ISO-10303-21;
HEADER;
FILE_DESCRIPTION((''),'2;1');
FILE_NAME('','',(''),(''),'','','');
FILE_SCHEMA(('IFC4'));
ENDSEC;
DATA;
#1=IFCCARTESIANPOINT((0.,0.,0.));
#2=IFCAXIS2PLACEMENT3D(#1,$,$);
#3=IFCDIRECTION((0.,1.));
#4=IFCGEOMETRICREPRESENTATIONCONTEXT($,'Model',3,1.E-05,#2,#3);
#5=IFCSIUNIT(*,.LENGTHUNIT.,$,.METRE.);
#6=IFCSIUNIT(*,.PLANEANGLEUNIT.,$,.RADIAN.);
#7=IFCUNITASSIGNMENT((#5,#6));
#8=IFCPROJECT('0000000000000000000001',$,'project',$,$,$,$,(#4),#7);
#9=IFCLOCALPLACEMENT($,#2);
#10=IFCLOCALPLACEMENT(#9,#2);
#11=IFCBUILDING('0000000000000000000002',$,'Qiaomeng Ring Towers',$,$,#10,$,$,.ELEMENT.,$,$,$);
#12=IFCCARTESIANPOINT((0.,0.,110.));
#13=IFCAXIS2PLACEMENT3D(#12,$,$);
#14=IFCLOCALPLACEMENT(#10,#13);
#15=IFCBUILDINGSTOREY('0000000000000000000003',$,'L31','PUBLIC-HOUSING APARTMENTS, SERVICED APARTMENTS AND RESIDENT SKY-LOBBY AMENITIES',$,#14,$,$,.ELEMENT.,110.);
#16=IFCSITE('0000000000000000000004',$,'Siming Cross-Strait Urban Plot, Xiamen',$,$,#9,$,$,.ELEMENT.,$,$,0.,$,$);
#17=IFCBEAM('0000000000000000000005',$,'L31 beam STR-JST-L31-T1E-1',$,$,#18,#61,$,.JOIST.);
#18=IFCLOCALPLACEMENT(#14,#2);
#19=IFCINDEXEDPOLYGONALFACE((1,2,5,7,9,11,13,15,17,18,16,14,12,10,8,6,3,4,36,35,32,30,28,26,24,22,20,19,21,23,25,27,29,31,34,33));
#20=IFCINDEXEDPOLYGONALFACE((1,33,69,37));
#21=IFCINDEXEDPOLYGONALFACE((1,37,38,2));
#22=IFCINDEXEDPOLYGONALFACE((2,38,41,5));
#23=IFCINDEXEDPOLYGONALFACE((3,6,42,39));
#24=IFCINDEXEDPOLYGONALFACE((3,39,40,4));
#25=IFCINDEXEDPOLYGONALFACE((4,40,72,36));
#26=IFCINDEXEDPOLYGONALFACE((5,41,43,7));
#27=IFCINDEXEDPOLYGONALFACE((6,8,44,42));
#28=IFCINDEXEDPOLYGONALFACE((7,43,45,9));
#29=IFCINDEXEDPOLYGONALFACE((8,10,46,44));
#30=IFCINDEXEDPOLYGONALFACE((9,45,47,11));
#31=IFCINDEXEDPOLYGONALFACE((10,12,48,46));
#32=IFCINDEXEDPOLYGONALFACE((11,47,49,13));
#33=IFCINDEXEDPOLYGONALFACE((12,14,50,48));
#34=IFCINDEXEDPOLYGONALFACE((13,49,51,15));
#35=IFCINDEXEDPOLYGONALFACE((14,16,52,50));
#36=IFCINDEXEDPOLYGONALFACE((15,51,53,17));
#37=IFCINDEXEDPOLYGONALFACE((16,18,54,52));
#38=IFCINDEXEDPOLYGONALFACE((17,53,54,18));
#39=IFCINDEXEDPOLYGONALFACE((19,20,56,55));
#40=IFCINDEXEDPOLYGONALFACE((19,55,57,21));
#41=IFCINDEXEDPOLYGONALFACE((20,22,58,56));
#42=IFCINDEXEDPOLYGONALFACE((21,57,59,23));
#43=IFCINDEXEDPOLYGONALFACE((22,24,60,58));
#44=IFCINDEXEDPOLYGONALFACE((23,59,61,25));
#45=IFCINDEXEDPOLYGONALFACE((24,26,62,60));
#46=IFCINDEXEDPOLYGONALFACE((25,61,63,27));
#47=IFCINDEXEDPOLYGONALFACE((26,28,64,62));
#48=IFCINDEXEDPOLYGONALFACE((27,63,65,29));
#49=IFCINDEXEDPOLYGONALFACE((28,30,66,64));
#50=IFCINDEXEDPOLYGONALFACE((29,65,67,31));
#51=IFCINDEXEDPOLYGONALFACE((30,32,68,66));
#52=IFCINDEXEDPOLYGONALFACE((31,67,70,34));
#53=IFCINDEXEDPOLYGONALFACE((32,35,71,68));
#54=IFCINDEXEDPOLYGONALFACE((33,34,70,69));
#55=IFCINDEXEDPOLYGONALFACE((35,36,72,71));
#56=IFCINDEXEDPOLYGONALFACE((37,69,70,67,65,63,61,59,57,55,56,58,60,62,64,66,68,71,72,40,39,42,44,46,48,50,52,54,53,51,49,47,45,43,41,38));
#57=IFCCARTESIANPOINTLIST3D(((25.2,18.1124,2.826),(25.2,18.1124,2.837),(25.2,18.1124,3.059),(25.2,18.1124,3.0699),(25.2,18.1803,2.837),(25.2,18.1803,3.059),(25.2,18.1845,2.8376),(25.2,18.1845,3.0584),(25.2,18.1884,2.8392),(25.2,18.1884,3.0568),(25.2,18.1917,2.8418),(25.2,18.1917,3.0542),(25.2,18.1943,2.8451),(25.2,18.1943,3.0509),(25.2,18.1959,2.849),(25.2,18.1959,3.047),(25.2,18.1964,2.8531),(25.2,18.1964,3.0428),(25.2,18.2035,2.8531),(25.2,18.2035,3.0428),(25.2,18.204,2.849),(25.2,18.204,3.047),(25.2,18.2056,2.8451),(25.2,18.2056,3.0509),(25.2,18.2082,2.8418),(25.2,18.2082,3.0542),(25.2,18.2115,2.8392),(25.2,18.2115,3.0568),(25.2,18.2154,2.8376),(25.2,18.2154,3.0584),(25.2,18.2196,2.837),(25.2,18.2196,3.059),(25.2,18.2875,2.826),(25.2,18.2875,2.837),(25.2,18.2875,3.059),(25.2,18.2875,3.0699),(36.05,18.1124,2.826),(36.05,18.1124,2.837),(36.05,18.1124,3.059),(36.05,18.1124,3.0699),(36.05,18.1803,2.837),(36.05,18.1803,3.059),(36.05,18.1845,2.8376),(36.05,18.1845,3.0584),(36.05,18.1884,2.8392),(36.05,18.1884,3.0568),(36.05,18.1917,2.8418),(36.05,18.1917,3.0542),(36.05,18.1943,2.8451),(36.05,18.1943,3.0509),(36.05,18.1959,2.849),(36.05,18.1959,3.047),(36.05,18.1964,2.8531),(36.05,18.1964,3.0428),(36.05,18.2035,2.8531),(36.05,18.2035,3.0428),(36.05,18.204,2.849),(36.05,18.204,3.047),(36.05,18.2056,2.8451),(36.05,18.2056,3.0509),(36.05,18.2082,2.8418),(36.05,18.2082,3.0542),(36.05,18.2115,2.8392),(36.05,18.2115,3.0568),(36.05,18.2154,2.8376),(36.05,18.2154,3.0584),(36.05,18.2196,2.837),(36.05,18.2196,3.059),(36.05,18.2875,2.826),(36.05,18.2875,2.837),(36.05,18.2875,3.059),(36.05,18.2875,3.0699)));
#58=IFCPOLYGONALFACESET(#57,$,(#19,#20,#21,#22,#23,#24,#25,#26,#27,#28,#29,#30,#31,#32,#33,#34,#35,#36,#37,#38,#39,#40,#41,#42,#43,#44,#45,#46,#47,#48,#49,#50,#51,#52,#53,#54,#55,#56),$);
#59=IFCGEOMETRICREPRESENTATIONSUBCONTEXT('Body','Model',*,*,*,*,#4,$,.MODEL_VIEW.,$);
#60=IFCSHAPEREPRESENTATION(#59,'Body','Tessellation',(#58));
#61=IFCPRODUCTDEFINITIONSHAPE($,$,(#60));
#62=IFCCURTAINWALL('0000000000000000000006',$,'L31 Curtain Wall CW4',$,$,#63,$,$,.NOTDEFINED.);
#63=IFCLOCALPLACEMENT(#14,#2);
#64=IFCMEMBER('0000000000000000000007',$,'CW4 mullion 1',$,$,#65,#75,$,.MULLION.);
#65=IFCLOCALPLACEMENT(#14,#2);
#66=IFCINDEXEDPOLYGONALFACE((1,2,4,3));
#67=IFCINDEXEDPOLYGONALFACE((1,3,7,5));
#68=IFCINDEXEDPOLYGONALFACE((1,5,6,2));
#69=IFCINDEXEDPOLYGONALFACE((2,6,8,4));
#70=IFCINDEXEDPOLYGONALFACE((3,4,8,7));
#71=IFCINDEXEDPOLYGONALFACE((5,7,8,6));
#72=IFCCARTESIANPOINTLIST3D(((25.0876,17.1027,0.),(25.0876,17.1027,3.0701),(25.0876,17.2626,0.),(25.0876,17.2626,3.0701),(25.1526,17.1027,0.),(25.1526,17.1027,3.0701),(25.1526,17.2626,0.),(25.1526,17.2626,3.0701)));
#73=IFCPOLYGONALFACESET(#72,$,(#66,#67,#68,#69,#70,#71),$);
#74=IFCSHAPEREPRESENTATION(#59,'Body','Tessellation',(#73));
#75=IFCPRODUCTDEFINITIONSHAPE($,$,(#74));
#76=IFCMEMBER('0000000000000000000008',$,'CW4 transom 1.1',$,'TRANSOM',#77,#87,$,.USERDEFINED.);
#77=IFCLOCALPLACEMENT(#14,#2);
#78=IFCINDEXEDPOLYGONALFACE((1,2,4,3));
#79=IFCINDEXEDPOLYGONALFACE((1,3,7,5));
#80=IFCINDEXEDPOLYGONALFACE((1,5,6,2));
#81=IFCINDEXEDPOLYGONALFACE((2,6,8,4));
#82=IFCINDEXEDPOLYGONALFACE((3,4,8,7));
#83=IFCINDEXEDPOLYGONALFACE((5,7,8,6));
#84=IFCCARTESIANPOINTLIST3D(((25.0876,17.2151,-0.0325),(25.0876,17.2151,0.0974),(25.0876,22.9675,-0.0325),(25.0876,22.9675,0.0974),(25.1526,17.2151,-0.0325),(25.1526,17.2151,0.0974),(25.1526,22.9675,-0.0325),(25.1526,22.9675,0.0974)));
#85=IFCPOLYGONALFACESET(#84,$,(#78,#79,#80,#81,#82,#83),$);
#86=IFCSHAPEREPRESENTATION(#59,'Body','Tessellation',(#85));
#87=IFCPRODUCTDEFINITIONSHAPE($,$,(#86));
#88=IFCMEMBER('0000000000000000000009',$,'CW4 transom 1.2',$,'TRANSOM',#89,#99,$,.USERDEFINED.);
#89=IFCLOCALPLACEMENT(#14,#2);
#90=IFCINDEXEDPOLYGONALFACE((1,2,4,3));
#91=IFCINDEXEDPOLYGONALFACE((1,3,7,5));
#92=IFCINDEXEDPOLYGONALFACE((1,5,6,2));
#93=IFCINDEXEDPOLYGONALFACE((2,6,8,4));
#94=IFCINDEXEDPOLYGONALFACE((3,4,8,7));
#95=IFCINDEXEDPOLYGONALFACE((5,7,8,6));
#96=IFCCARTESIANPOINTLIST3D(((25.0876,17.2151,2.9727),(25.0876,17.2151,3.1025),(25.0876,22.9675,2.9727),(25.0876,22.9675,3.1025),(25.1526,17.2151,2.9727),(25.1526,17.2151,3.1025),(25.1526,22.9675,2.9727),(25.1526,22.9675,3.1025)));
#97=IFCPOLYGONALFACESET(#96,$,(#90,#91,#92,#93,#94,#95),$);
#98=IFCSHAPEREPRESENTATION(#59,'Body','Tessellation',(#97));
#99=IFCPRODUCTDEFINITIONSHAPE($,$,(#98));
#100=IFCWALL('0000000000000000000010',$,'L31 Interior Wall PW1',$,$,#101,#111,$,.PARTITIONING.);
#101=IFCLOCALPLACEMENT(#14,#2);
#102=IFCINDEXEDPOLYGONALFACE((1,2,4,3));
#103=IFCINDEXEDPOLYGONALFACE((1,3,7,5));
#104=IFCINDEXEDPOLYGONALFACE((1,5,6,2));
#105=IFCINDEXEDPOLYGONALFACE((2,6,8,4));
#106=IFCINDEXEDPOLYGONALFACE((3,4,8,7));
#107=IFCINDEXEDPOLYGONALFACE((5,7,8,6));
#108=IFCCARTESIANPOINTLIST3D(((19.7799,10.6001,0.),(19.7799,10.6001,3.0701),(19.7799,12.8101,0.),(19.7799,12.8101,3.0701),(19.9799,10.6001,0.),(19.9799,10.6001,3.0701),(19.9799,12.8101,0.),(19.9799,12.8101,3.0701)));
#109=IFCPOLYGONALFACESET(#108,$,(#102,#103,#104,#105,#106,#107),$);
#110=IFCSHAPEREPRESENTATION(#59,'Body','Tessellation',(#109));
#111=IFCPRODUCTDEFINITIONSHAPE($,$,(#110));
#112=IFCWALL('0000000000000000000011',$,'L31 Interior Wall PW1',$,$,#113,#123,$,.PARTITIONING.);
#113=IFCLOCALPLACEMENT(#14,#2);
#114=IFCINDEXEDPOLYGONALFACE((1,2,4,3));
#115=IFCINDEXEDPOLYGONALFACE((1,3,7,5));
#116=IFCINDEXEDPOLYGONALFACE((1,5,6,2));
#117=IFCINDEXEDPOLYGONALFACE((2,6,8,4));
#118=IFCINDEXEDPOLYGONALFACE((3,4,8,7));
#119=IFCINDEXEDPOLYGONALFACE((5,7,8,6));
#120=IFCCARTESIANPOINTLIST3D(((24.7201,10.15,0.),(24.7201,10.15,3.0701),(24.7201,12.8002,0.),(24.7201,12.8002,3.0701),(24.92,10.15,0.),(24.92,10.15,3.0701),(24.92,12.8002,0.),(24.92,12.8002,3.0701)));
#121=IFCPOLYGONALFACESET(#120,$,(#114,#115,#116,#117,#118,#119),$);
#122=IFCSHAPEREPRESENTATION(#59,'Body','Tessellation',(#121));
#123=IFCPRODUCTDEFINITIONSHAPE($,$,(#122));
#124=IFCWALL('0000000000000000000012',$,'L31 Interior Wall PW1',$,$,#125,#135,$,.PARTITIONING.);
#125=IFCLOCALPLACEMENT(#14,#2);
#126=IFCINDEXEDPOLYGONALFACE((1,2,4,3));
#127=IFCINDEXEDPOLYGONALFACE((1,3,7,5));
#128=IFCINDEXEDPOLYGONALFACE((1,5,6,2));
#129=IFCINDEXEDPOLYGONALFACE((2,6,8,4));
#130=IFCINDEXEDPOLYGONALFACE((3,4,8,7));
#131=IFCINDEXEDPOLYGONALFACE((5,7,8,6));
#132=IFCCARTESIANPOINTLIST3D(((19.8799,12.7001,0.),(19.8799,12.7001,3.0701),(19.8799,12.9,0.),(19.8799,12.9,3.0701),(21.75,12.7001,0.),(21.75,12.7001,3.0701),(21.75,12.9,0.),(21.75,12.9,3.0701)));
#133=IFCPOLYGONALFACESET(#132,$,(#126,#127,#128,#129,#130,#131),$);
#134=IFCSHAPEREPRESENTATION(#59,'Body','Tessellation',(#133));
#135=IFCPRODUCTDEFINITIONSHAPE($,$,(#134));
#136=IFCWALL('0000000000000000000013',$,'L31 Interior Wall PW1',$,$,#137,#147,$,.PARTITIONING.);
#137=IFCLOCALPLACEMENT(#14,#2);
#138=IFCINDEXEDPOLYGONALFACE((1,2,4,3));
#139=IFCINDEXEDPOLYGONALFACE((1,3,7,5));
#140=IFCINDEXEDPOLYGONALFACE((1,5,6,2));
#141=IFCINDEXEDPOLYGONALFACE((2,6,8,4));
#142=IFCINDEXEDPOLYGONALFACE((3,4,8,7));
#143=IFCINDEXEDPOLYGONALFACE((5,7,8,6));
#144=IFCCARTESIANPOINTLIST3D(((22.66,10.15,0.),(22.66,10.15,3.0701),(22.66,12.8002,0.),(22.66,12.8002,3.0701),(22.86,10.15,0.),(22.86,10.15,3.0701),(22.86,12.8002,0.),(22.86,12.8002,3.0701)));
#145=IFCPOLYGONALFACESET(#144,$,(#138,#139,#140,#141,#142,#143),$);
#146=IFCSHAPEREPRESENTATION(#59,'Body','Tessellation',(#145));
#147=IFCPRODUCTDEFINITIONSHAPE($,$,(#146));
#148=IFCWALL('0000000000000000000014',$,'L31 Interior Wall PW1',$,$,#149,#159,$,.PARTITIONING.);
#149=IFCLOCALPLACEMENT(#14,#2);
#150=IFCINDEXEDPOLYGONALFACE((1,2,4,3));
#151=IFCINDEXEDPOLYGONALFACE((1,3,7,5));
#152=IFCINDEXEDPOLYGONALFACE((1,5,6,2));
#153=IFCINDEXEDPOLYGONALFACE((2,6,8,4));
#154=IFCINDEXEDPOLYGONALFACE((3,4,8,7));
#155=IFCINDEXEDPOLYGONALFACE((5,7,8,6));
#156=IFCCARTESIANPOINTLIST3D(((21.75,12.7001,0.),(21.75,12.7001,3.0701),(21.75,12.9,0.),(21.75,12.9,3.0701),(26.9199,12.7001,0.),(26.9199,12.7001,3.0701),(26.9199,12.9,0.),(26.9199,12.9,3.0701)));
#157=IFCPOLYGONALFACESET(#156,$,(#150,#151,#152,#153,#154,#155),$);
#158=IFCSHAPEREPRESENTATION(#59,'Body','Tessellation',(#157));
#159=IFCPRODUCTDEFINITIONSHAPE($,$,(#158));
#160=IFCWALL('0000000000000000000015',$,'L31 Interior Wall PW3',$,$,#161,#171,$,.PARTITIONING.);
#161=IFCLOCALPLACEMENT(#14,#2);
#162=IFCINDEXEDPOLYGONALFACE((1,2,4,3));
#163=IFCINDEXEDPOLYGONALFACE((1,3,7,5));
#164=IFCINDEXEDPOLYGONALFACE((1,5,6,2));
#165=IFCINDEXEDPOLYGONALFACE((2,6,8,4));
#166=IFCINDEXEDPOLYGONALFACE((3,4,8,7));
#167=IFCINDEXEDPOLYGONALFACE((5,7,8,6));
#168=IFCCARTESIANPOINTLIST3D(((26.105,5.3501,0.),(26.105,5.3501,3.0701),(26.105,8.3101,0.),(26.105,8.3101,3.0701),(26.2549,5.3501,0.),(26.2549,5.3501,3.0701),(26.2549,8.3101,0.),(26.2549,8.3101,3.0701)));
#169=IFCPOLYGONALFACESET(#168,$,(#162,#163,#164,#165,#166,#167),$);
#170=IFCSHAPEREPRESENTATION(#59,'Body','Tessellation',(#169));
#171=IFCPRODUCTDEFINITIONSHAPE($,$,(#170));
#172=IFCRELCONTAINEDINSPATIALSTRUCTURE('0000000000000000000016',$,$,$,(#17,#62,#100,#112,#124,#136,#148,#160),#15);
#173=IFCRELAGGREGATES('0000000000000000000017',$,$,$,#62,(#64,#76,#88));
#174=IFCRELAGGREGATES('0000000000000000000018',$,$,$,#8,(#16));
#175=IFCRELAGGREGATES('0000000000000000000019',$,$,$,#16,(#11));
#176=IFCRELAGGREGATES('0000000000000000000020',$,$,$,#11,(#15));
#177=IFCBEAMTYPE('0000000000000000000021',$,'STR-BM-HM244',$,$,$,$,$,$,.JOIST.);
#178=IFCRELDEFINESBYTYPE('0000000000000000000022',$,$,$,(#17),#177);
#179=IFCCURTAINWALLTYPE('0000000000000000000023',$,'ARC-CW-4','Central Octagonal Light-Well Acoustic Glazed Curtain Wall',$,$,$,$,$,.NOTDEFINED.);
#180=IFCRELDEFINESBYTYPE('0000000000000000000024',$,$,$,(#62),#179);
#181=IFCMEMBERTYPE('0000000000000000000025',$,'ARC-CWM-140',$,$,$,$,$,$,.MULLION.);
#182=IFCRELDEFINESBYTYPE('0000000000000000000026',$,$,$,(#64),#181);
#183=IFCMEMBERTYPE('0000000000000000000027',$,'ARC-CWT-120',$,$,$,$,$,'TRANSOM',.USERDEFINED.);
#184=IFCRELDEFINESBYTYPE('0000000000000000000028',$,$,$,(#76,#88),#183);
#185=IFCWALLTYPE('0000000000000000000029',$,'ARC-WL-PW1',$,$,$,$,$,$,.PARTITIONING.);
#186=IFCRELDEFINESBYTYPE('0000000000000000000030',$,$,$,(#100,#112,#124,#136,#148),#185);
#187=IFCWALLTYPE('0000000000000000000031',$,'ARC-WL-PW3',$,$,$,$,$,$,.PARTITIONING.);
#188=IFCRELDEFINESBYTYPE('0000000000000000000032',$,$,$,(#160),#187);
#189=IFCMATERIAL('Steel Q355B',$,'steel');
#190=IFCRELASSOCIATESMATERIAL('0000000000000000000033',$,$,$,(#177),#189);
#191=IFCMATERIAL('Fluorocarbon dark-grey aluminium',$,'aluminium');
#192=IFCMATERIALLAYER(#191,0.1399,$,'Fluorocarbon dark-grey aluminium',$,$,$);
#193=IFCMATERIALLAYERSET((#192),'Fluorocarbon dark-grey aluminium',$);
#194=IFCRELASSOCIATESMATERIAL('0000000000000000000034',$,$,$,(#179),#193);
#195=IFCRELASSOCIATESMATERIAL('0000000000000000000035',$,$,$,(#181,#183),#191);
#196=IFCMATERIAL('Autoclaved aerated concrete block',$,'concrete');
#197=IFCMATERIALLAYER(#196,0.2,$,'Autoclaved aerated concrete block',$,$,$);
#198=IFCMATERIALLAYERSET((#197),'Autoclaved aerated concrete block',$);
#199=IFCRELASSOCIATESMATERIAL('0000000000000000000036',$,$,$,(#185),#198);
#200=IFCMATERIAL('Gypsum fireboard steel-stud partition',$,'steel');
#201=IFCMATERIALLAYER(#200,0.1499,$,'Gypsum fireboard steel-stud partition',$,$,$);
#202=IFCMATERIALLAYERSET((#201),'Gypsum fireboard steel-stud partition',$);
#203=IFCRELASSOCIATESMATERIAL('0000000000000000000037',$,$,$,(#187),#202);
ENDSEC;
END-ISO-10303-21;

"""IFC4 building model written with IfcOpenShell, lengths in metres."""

from ifc_helpers import new_model, si_unit, direction, frame, frame_2d, origin, origin_2d, place, context, subcontext, project, spatial, rectangle, i_section, extrude, source, transform, mapped, material, layer, layer_set, material_profile, profile_set, type_object, element, aggregate, save


model = new_model("IFC4")

# Units and contexts
model_context = context("Model", 3, precision=1e-05, world=origin(), true_north=direction((0.0, 1.0)))
body_context = subcontext(model_context, "Body", "Model", "MODEL_VIEW")
ifc_project = project(units=[si_unit("LENGTHUNIT", "METRE"), si_unit("PLANEANGLEUNIT", "RADIAN")], contexts=[model_context])

# Site, building, storey
site_placement = place(None, origin())
site = spatial("IfcSite", under=ifc_project, at=site_placement, Name="Siming Cross-Strait Urban Plot, Xiamen", CompositionType="ELEMENT", RefElevation=0.0)
building_placement = place(site_placement, origin())
building = spatial("IfcBuilding", under=site, at=building_placement, Name="Qiaomeng Ring Towers", CompositionType="ELEMENT")
storey_placement = place(building_placement, frame((0.0, 0.0, 110.0)))
storey = spatial("IfcBuildingStorey", under=building, at=storey_placement, Name="L31", Description="PUBLIC-HOUSING APARTMENTS, SERVICED APARTMENTS AND RESIDENT SKY-LOBBY AMENITIES", CompositionType="ELEMENT", Elevation=110.0)

# Beam
ifc_material_1 = material(Name="Steel Q355B", Category="steel")
ifc_material_profile_1 = material_profile(ifc_material_1, i_section(OverallWidth=0.175, OverallDepth=0.2439, WebThickness=0.0071, FlangeThickness=0.011, FilletRadius=0.0161, at=origin_2d()), Name="HM 244x175x7x11")
ifc_profile_set_1 = profile_set([ifc_material_profile_1], Name="Steel Q355B")
beam_type_1 = type_object("IfcBeamType", Name="STR-BM-HM244", PredefinedType="JOIST", material=ifc_profile_set_1)
shared_shape_1 = source(origin(), body_context, "Body", "SweptSolid", [
    extrude(i_section(OverallWidth=0.175, OverallDepth=0.2439, WebThickness=0.0071, FlangeThickness=0.011, FilletRadius=0.0161, at=origin_2d()), origin(), (0.0, 0.0, 1.0), 10.8501),
])
beam_1_placement = place(storey_placement, frame((25.2, 18.2, 2.948), z_axis=(1.0, 0.0, 0.0), x_axis=(0.0, 1.0, 0.0)))
element("IfcBeam", 1, at=beam_1_placement, inside=storey, type_object=beam_type_1, Name="L31 beam STR-JST-L31-T1E-1", PredefinedType="JOIST", context=body_context, shape_type="MappedRepresentation", body=[
    mapped(shared_shape_1, transform((0.0, 0.0, 0.0), x_axis=(1.0, 0.0, 0.0), y_axis=(0.0, 1.0, 0.0), z_axis=(0.0, 0.0, 1.0), scale=1.0)),
])

# Curtain wall, members
ifc_material_2 = material(Name="Fluorocarbon dark-grey aluminium", Category="aluminium")
ifc_layer_1 = layer(ifc_material_2, 0.1399, Name="Fluorocarbon dark-grey aluminium")
ifc_layer_set_1 = layer_set([ifc_layer_1], Name="Fluorocarbon dark-grey aluminium")
curtain_wall_type = type_object("IfcCurtainWallType", Name="ARC-CW-4", Description="Central Octagonal Light-Well Acoustic Glazed Curtain Wall", PredefinedType="NOTDEFINED", material=ifc_layer_set_1)
curtain_wall_placement = place(storey_placement, origin())
curtain_wall = element("IfcCurtainWall", 2, at=curtain_wall_placement, inside=storey, type_object=curtain_wall_type, Name="L31 Curtain Wall CW4", PredefinedType="NOTDEFINED")
ifc_material_profile_2 = material_profile(ifc_material_2, rectangle(XDim=0.0649, YDim=0.1599, at=origin_2d()), Name="ALU MULL 65x160")
ifc_profile_set_2 = profile_set([ifc_material_profile_2], Name="Fluorocarbon dark-grey aluminium")
member_type_1 = type_object("IfcMemberType", Name="ARC-CWM-140", PredefinedType="MULLION", material=ifc_profile_set_2)
shared_shape_2 = source(origin(), body_context, "Body", "SweptSolid", [
    extrude(rectangle(XDim=0.0649, YDim=0.1599, at=origin_2d()), origin(), (0.0, 0.0, 1.0), 3.0701),
])
member_1_placement = place(storey_placement, frame((25.1201, 17.1826, 0.0), z_axis=(0.0, 0.0, 1.0), x_axis=(-1.0, 0.0, 0.0)))
member_1 = element("IfcMember", 3, at=member_1_placement, type_object=member_type_1, Name="CW4 mullion 1", PredefinedType="MULLION", context=body_context, shape_type="MappedRepresentation", body=[
    mapped(shared_shape_2, transform((0.0, 0.0, 0.0), x_axis=(1.0, 0.0, 0.0), y_axis=(0.0, 1.0, 0.0), z_axis=(0.0, 0.0, 1.0), scale=1.0)),
])
ifc_material_profile_3 = material_profile(ifc_material_2, rectangle(XDim=0.0649, YDim=0.1299, at=origin_2d()), Name="ALU TRAN 65x130")
ifc_profile_set_3 = profile_set([ifc_material_profile_3], Name="Fluorocarbon dark-grey aluminium")
member_type_2 = type_object("IfcMemberType", Name="ARC-CWT-120", ElementType="TRANSOM", PredefinedType="USERDEFINED", material=ifc_profile_set_3)
shared_shape_3 = source(origin(), body_context, "Body", "SweptSolid", [
    extrude(rectangle(XDim=0.0649, YDim=0.1299, at=origin_2d()), origin(), (0.0, 0.0, 1.0), 5.7524),
])
member_2_placement = place(storey_placement, frame((25.1201, 17.2151, 0.0325), z_axis=(0.0, 1.0, 0.0), x_axis=(-1.0, 0.0, 0.0)))
member_2 = element("IfcMember", 4, at=member_2_placement, type_object=member_type_2, Name="CW4 transom 1.1", ObjectType="TRANSOM", PredefinedType="USERDEFINED", context=body_context, shape_type="MappedRepresentation", body=[
    mapped(shared_shape_3, transform((0.0, 0.0, 0.0), x_axis=(1.0, 0.0, 0.0), y_axis=(0.0, 1.0, 0.0), z_axis=(0.0, 0.0, 1.0), scale=1.0)),
])
member_3_placement = place(storey_placement, frame((25.1201, 17.2151, 3.0376), z_axis=(0.0, 1.0, 0.0), x_axis=(-1.0, 0.0, 0.0)))
member_3 = element("IfcMember", 5, at=member_3_placement, type_object=member_type_2, Name="CW4 transom 1.2", ObjectType="TRANSOM", PredefinedType="USERDEFINED", context=body_context, shape_type="MappedRepresentation", body=[
    mapped(shared_shape_3, transform((0.0, 0.0, 0.0), x_axis=(1.0, 0.0, 0.0), y_axis=(0.0, 1.0, 0.0), z_axis=(0.0, 0.0, 1.0), scale=1.0)),
])
aggregate(curtain_wall, [member_1, member_2, member_3])

# Walls
ifc_material_3 = material(Name="Autoclaved aerated concrete block", Category="concrete")
ifc_layer_2 = layer(ifc_material_3, 0.2, Name="Autoclaved aerated concrete block")
ifc_layer_set_2 = layer_set([ifc_layer_2], Name="Autoclaved aerated concrete block")
wall_type_1 = type_object("IfcWallType", Name="ARC-WL-PW1", PredefinedType="PARTITIONING", material=ifc_layer_set_2)
wall_1_placement = place(storey_placement, frame((19.8799, 10.6001, 0.0), z_axis=(0.0, 0.0, 1.0), x_axis=(0.0, 1.0, 0.0)))
element("IfcWall", 6, at=wall_1_placement, inside=storey, type_object=wall_type_1, Name="L31 Interior Wall PW1", PredefinedType="PARTITIONING", context=body_context, shape_type="SweptSolid", body=[
    extrude(rectangle(XDim=2.21, YDim=0.2, at=frame_2d((1.105, 0.0))), origin(), (0.0, 0.0, 1.0), 3.0701),
])
wall_2_placement = place(storey_placement, frame((24.8201, 10.1499, 0.0), z_axis=(0.0, 0.0, 1.0), x_axis=(0.0, 1.0, 0.0)))
element("IfcWall", 7, at=wall_2_placement, inside=storey, type_object=wall_type_1, Name="L31 Interior Wall PW1", PredefinedType="PARTITIONING", context=body_context, shape_type="SweptSolid", body=[
    extrude(rectangle(XDim=2.6501, YDim=0.2, at=frame_2d((1.3252, 0.0))), origin(), (0.0, 0.0, 1.0), 3.0701),
])
wall_3_placement = place(storey_placement, frame((19.8799, 12.8, 0.0), z_axis=(0.0, 0.0, 1.0), x_axis=(1.0, 0.0, 0.0)))
element("IfcWall", 8, at=wall_3_placement, inside=storey, type_object=wall_type_1, Name="L31 Interior Wall PW1", PredefinedType="PARTITIONING", context=body_context, shape_type="SweptSolid", body=[
    extrude(rectangle(XDim=1.8701, YDim=0.2, at=frame_2d((0.9351, 0.0))), origin(), (0.0, 0.0, 1.0), 3.0701),
])
wall_4_placement = place(storey_placement, frame((22.76, 10.1499, 0.0), z_axis=(0.0, 0.0, 1.0), x_axis=(0.0, 1.0, 0.0)))
element("IfcWall", 9, at=wall_4_placement, inside=storey, type_object=wall_type_1, Name="L31 Interior Wall PW1", PredefinedType="PARTITIONING", context=body_context, shape_type="SweptSolid", body=[
    extrude(rectangle(XDim=2.6501, YDim=0.2, at=frame_2d((1.3252, 0.0))), origin(), (0.0, 0.0, 1.0), 3.0701),
])
wall_5_placement = place(storey_placement, frame((21.75, 12.8, 0.0), z_axis=(0.0, 0.0, 1.0), x_axis=(1.0, 0.0, 0.0)))
element("IfcWall", 10, at=wall_5_placement, inside=storey, type_object=wall_type_1, Name="L31 Interior Wall PW1", PredefinedType="PARTITIONING", context=body_context, shape_type="SweptSolid", body=[
    extrude(rectangle(XDim=5.1699, YDim=0.2, at=frame_2d((2.585, 0.0))), origin(), (0.0, 0.0, 1.0), 3.0701),
])
ifc_material_4 = material(Name="Gypsum fireboard steel-stud partition", Category="steel")
ifc_layer_3 = layer(ifc_material_4, 0.1499, Name="Gypsum fireboard steel-stud partition")
ifc_layer_set_3 = layer_set([ifc_layer_3], Name="Gypsum fireboard steel-stud partition")
wall_type_2 = type_object("IfcWallType", Name="ARC-WL-PW3", PredefinedType="PARTITIONING", material=ifc_layer_set_3)
wall_6_placement = place(storey_placement, frame((26.1799, 5.3501, 0.0), z_axis=(0.0, 0.0, 1.0), x_axis=(0.0, 1.0, 0.0)))
element("IfcWall", 11, at=wall_6_placement, inside=storey, type_object=wall_type_2, Name="L31 Interior Wall PW3", PredefinedType="PARTITIONING", context=body_context, shape_type="SweptSolid", body=[
    extrude(rectangle(XDim=2.96, YDim=0.1499, at=frame_2d((1.48, 0.0))), origin(), (0.0, 0.0, 1.0), 3.0701),
])

save(model, "model.ifc")
